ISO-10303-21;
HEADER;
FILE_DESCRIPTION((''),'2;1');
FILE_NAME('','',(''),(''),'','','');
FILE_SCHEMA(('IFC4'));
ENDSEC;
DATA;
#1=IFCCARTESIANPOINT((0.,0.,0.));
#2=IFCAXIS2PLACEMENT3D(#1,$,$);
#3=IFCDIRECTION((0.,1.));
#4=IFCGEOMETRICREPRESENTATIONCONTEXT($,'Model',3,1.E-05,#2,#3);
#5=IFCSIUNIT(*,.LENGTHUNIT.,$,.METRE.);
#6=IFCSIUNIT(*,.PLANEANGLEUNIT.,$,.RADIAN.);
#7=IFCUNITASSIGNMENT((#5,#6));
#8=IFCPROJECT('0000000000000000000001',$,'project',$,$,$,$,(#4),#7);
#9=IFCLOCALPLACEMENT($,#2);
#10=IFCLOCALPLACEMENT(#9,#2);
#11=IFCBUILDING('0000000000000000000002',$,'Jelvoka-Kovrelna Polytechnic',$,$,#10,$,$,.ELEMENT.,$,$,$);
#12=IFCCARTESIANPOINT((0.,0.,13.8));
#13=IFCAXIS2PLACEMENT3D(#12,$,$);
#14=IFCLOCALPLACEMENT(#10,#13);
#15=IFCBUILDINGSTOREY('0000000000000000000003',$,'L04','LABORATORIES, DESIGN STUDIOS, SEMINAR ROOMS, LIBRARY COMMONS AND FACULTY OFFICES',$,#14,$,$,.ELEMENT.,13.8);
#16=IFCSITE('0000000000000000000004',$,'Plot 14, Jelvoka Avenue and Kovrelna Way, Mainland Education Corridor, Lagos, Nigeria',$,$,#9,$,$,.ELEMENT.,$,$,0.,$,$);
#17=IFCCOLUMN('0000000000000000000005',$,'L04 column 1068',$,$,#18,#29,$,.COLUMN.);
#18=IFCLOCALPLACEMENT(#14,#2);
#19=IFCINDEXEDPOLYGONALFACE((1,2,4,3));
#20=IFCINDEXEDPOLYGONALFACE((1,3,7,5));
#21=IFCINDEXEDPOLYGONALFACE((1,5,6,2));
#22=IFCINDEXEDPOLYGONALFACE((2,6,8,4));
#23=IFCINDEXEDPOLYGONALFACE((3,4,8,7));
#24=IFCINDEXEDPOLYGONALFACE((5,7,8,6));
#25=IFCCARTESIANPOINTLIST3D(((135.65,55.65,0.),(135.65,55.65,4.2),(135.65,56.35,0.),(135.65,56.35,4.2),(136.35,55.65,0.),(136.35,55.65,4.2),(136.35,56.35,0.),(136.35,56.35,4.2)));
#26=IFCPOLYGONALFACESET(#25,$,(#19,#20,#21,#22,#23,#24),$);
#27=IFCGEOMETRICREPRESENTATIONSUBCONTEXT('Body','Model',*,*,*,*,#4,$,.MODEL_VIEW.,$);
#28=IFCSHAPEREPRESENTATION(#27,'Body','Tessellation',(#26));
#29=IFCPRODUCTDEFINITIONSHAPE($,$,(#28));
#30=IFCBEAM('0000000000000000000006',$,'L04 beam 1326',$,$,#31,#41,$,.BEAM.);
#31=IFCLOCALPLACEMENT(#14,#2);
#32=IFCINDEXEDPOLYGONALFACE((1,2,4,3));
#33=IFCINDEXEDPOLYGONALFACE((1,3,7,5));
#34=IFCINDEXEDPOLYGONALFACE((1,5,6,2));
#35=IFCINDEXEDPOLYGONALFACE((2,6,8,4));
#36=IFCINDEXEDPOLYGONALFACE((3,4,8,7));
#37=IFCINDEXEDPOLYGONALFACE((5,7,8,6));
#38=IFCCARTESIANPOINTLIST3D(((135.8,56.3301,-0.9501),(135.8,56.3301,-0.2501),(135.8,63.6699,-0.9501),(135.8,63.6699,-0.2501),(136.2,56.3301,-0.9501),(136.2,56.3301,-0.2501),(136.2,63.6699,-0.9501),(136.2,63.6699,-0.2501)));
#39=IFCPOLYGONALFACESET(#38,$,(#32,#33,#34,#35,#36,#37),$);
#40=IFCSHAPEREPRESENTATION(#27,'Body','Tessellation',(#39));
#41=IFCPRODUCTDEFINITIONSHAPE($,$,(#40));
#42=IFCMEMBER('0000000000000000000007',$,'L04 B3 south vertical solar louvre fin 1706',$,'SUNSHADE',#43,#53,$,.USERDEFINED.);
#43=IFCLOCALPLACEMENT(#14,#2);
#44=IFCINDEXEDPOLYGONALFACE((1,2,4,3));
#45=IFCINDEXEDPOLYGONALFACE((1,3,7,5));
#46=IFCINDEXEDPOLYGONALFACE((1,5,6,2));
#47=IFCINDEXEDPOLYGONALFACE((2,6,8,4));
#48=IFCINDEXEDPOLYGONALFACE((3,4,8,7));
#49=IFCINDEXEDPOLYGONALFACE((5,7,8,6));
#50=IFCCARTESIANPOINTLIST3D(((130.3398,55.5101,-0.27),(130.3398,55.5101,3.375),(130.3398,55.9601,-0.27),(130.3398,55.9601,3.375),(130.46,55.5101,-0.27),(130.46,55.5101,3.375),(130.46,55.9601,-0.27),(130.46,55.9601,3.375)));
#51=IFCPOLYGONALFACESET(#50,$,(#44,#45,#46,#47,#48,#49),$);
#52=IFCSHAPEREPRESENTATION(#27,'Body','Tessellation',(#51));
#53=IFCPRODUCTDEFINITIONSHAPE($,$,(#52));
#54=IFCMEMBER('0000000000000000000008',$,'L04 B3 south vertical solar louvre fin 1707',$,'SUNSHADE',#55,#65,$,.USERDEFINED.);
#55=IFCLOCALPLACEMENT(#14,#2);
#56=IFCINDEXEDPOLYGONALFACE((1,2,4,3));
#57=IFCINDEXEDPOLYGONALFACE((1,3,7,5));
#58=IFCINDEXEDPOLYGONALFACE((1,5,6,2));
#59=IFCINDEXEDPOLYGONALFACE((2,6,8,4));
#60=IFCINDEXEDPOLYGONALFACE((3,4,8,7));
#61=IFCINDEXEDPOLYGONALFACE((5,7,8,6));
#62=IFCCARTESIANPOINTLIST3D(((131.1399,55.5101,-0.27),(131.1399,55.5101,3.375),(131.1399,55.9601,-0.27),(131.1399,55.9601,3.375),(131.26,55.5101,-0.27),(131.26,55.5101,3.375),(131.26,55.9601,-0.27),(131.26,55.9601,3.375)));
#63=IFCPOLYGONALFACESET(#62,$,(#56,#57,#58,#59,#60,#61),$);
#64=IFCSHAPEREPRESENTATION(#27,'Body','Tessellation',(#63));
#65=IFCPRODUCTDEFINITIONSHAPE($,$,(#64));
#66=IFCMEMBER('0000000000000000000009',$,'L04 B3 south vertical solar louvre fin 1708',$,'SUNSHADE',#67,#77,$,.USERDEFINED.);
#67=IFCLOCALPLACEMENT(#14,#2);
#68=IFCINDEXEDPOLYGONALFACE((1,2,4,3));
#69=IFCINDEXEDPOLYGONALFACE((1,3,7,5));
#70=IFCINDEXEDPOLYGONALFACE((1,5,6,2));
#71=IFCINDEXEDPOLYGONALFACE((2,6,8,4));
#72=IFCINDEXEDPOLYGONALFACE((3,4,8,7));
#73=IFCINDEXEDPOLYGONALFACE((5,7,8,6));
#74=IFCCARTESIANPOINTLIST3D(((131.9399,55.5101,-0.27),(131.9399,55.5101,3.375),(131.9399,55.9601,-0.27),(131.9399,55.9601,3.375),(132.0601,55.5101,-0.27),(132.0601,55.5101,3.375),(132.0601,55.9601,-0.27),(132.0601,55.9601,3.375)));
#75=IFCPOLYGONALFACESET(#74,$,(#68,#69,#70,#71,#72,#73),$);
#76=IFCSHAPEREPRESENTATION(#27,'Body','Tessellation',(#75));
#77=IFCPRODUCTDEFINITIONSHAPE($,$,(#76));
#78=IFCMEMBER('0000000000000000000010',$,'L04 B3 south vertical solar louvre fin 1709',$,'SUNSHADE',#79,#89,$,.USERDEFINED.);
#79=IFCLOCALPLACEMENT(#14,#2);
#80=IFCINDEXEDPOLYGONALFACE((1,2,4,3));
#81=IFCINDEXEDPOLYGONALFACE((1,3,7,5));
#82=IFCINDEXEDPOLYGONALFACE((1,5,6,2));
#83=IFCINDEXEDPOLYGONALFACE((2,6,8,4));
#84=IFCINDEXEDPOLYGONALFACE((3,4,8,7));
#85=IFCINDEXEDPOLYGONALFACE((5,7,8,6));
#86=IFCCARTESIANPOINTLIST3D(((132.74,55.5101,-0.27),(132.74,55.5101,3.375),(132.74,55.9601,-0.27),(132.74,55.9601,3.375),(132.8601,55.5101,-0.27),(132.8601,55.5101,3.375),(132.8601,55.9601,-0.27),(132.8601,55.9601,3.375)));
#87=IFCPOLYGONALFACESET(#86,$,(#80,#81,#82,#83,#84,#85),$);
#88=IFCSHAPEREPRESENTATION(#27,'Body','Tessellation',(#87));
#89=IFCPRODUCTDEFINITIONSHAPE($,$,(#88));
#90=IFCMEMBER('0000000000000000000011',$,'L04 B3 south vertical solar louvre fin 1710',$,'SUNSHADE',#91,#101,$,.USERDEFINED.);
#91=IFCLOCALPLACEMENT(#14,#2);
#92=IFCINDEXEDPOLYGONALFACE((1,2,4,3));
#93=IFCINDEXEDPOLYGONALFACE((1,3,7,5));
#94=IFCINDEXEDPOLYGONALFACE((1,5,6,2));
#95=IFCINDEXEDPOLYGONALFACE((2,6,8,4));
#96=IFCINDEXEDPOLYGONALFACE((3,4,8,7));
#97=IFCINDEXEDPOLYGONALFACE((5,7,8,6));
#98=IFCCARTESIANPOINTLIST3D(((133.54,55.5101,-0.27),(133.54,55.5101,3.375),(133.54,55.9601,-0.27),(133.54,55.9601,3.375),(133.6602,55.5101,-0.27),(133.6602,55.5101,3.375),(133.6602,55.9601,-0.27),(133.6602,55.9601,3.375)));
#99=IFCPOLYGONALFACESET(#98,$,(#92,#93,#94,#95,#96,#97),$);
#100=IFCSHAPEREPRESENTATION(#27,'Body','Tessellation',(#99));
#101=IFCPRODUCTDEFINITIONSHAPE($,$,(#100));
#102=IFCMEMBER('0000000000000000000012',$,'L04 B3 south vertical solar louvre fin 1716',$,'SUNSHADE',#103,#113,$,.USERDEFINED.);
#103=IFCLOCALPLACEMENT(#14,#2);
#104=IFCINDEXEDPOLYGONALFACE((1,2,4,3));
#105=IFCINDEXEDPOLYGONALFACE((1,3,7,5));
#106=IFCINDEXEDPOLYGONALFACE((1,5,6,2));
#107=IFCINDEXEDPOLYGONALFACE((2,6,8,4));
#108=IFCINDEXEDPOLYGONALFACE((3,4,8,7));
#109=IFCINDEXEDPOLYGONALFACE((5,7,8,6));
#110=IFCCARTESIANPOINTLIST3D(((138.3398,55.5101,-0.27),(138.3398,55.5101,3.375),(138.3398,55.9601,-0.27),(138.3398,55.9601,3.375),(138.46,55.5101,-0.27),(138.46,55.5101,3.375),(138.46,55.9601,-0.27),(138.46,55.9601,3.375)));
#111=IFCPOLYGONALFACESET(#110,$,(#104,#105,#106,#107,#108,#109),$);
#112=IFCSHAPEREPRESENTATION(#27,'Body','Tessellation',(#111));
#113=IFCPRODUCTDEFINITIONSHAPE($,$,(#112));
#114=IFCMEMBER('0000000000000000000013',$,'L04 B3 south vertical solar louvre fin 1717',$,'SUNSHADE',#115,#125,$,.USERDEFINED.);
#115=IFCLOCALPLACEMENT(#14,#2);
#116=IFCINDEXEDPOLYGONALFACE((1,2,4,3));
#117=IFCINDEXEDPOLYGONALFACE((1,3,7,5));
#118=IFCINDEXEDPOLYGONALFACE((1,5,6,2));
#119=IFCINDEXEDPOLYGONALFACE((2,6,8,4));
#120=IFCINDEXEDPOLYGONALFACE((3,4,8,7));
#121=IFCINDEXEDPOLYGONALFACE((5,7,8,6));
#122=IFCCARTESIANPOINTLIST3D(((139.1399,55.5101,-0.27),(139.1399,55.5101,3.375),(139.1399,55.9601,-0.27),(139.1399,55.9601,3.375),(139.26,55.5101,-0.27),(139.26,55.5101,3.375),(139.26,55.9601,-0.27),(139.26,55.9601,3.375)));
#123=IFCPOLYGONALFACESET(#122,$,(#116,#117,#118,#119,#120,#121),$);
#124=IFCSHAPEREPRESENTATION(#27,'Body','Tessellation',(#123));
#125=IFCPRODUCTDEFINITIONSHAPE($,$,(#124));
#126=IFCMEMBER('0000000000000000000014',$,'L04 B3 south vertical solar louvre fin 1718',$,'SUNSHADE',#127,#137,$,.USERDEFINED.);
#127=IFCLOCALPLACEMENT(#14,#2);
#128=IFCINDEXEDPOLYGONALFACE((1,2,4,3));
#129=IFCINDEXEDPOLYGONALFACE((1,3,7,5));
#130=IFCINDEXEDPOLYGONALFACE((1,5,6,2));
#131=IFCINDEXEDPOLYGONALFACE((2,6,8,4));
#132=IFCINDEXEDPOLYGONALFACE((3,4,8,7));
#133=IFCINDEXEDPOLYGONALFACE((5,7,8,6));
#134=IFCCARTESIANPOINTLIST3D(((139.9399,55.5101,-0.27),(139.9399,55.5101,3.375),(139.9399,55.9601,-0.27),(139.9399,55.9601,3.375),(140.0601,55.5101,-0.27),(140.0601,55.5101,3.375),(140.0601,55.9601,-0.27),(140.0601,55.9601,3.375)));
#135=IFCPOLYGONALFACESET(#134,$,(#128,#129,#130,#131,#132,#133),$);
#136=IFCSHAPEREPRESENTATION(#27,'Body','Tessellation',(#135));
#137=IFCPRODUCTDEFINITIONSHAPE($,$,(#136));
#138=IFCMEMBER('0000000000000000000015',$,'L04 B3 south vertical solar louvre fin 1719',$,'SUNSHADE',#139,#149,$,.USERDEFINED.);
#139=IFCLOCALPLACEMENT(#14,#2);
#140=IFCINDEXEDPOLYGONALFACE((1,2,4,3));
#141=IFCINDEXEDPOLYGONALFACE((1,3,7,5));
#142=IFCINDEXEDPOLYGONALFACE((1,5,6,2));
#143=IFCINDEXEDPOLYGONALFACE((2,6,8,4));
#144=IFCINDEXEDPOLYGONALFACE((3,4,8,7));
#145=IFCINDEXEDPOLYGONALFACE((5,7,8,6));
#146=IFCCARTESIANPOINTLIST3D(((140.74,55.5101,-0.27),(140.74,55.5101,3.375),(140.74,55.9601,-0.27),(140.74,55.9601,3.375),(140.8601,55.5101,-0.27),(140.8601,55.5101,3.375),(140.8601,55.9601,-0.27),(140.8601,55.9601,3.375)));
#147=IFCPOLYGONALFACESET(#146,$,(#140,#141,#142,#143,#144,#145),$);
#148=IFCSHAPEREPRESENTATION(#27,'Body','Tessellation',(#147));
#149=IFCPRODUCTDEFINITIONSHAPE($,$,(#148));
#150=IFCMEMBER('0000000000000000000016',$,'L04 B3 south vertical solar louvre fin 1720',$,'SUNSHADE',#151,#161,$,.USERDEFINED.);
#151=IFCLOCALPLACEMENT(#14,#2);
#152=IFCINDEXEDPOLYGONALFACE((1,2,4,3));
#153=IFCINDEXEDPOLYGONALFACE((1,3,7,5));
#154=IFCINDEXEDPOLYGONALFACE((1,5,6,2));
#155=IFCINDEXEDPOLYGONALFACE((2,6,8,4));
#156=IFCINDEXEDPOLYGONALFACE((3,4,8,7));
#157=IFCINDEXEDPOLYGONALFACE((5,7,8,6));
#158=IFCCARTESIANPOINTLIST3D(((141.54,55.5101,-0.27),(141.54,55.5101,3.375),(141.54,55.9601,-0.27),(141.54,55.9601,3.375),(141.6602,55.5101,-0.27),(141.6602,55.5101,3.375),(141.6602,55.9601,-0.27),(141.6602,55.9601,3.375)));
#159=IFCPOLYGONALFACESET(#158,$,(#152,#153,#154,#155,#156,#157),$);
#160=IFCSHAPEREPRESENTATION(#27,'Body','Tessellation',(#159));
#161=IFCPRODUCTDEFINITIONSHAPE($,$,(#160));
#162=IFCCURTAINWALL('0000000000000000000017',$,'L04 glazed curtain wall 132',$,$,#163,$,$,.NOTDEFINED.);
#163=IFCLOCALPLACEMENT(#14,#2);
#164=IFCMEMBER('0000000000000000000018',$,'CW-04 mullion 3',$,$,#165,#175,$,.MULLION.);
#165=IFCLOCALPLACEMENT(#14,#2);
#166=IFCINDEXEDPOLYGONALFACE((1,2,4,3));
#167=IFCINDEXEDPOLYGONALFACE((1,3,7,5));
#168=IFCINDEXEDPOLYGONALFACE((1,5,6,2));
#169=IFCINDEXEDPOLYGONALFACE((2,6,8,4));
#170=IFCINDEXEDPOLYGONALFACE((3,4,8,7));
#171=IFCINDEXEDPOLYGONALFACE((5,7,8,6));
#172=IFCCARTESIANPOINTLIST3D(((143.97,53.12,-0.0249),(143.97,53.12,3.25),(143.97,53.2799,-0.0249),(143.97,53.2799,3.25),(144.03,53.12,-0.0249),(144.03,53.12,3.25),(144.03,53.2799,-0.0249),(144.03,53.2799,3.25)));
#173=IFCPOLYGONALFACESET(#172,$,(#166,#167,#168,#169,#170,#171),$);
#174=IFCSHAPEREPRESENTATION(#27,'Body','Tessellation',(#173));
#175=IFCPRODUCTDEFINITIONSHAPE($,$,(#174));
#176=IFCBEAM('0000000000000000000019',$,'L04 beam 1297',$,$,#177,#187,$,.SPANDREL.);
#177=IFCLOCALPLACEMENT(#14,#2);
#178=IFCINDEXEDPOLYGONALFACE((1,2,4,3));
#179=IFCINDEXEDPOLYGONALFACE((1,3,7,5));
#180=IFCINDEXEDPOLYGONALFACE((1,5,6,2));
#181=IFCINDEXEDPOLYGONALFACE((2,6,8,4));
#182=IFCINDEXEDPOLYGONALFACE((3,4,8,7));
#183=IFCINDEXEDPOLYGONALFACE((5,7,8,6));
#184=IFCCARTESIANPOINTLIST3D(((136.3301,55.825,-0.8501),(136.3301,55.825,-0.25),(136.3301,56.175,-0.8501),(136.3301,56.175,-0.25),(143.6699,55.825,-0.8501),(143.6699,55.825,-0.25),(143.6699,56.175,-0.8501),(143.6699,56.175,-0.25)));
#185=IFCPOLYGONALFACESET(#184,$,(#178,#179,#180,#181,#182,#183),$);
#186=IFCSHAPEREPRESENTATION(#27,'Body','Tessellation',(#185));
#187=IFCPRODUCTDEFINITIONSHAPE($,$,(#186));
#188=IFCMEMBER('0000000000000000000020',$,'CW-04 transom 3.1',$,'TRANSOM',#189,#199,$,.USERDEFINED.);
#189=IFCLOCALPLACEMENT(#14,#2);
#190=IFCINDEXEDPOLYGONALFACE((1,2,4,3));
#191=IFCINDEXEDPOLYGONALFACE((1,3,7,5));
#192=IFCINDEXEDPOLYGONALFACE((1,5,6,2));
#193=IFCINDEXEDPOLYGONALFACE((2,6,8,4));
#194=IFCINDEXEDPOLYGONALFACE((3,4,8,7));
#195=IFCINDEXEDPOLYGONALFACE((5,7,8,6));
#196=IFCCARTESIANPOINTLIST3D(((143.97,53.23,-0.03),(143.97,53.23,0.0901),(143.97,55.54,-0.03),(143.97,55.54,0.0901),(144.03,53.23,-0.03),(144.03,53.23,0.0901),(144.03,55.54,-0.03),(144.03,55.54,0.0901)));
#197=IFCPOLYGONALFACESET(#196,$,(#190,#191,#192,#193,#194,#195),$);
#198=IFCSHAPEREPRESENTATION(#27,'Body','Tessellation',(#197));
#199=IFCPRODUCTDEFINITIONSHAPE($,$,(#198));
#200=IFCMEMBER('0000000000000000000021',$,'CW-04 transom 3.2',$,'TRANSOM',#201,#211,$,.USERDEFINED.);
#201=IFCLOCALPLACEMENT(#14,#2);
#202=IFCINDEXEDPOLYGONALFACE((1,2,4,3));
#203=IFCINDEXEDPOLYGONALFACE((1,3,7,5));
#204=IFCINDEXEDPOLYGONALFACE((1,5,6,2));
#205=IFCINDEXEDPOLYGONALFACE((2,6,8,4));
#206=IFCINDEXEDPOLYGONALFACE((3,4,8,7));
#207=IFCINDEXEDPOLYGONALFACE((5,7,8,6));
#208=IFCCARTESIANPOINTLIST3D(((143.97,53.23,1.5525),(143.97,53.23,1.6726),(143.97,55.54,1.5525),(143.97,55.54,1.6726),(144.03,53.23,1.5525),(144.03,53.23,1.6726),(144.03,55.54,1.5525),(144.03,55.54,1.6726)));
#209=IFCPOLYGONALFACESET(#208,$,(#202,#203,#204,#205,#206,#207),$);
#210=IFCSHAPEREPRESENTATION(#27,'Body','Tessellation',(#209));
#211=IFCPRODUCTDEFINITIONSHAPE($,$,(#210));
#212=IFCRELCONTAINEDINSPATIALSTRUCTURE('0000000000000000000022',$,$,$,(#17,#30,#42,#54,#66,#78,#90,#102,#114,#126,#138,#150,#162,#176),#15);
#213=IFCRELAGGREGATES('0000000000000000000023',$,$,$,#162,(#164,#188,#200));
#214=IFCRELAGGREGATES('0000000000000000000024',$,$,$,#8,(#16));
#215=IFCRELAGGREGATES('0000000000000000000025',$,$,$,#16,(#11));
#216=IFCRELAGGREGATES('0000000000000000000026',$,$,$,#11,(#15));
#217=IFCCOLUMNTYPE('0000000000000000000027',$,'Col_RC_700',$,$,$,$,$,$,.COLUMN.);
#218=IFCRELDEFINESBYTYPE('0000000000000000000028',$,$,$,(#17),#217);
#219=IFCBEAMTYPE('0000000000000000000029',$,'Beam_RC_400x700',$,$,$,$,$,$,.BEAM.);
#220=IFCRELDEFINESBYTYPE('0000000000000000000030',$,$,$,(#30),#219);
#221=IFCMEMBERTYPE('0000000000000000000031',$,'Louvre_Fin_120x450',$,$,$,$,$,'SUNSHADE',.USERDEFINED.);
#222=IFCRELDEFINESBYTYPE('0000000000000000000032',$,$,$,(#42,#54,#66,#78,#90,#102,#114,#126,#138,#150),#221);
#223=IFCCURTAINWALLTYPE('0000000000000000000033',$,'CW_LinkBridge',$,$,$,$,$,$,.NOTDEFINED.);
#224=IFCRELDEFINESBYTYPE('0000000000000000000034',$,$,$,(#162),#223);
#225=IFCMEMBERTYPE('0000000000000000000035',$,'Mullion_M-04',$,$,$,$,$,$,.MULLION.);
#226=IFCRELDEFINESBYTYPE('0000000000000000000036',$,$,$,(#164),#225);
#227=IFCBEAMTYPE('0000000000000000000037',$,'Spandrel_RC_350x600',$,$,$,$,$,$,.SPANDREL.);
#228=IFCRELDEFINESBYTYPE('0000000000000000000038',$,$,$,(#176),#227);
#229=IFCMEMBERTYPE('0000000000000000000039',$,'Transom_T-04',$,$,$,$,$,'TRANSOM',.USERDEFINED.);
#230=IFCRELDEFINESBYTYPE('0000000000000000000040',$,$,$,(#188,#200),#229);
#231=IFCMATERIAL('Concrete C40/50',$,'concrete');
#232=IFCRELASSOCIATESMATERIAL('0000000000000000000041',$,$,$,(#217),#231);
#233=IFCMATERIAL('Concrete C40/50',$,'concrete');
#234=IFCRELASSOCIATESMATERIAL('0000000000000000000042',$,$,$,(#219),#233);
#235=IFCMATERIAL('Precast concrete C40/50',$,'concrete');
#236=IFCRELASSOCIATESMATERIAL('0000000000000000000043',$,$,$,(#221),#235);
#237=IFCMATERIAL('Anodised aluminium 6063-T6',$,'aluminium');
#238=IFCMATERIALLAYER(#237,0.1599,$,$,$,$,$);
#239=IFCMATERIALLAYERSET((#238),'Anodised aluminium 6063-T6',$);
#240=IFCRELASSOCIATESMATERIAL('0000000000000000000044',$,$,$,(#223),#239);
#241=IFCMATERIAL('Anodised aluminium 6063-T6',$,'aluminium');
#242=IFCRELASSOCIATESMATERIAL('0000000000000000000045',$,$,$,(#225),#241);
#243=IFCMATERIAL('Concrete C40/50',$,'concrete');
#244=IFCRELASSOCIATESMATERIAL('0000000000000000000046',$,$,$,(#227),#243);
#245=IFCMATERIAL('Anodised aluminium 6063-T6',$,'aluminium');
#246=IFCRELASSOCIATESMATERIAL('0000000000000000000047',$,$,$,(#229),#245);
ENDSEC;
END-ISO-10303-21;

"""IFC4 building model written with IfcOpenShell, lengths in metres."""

from ifc_helpers import new_model, si_unit, direction, frame, origin, origin_2d, place, context, subcontext, project, spatial, rectangle, extrude, material, layer, layer_set, material_profile, profile_set, type_object, element, aggregate, save


model = new_model("IFC4")

# Units and contexts
model_context = context("Model", 3, precision=1e-05, world=origin(), true_north=direction((0.0, 1.0)))
body_context = subcontext(model_context, "Body", "Model", "MODEL_VIEW")
ifc_project = project(units=[si_unit("LENGTHUNIT", "METRE"), si_unit("PLANEANGLEUNIT", "RADIAN")], contexts=[model_context])

# Site, building, storey
site_placement = place(None, origin())
site = spatial("IfcSite", under=ifc_project, at=site_placement, Name="Plot 14, Jelvoka Avenue and Kovrelna Way, Mainland Education Corridor, Lagos, Nigeria", CompositionType="ELEMENT", RefElevation=0.0)
building_placement = place(site_placement, origin())
building = spatial("IfcBuilding", under=site, at=building_placement, Name="Jelvoka-Kovrelna Polytechnic", CompositionType="ELEMENT")
storey_placement = place(building_placement, frame((0.0, 0.0, 13.8)))
storey = spatial("IfcBuildingStorey", under=building, at=storey_placement, Name="L04", Description="LABORATORIES, DESIGN STUDIOS, SEMINAR ROOMS, LIBRARY COMMONS AND FACULTY OFFICES", CompositionType="ELEMENT", Elevation=13.8)

# Column
ifc_material_1 = material(Name="Concrete C40/50", Category="concrete")
ifc_material_profile_1 = material_profile(ifc_material_1, rectangle(XDim=0.7, YDim=0.7, at=origin_2d()), Name="RC 700x700")
ifc_profile_set_1 = profile_set([ifc_material_profile_1], Name="Concrete C40/50")
column_type = type_object("IfcColumnType", Name="Col_RC_700", PredefinedType="COLUMN", material=ifc_profile_set_1)
column_placement = place(storey_placement, frame((136.0, 56.0, 0.0), z_axis=(0.0, 0.0, 1.0), x_axis=(1.0, 0.0, 0.0)))
element("IfcColumn", 1, at=column_placement, inside=storey, type_object=column_type, Name="L04 column 1068", PredefinedType="COLUMN", context=body_context, shape_type="SweptSolid", body=[
    extrude(rectangle(XDim=0.7, YDim=0.7, at=origin_2d()), origin(), (0.0, 0.0, 1.0), 4.2),
])

# Beam
ifc_material_2 = material(Name="Concrete C40/50", Category="concrete")
ifc_material_profile_2 = material_profile(ifc_material_2, rectangle(XDim=0.3999, YDim=0.7, at=origin_2d()), Name="RC 400x700")
ifc_profile_set_2 = profile_set([ifc_material_profile_2], Name="Concrete C40/50")
beam_type_1 = type_object("IfcBeamType", Name="Beam_RC_400x700", PredefinedType="BEAM", material=ifc_profile_set_2)
beam_1_placement = place(storey_placement, frame((136.0, 56.3301, -0.6001), z_axis=(0.0, 1.0, 0.0), x_axis=(-1.0, 0.0, 0.0)))
element("IfcBeam", 2, at=beam_1_placement, inside=storey, type_object=beam_type_1, Name="L04 beam 1326", PredefinedType="BEAM", context=body_context, shape_type="SweptSolid", body=[
    extrude(rectangle(XDim=0.3999, YDim=0.7, at=origin_2d()), origin(), (0.0, 0.0, 1.0), 7.3398),
])

# Members
ifc_material_3 = material(Name="Precast concrete C40/50", Category="concrete")
ifc_material_profile_3 = material_profile(ifc_material_3, rectangle(XDim=0.1201, YDim=0.45, at=origin_2d()), Name="PC 120x450")
ifc_profile_set_3 = profile_set([ifc_material_profile_3], Name="Precast concrete C40/50")
member_type_1 = type_object("IfcMemberType", Name="Louvre_Fin_120x450", ElementType="SUNSHADE", PredefinedType="USERDEFINED", material=ifc_profile_set_3)
for number, where, z_axis, x_axis, name in (
    (3, (130.3999, 55.7351, -0.27), (0.0, 0.0, 1.0), (1.0, 0.0, 0.0), "L04 B3 south vertical solar louvre fin 1706"),
    (4, (131.2, 55.7351, -0.27), (0.0, 0.0, 1.0), (1.0, 0.0, 0.0), "L04 B3 south vertical solar louvre fin 1707"),
    (5, (132.0, 55.7351, -0.27), (0.0, 0.0, 1.0), (1.0, 0.0, 0.0), "L04 B3 south vertical solar louvre fin 1708"),
    (6, (132.8, 55.7351, -0.27), (0.0, 0.0, 1.0), (1.0, 0.0, 0.0), "L04 B3 south vertical solar louvre fin 1709"),
    (7, (133.6001, 55.7351, -0.27), (0.0, 0.0, 1.0), (1.0, 0.0, 0.0), "L04 B3 south vertical solar louvre fin 1710"),
    (8, (138.3999, 55.7351, -0.27), (0.0, 0.0, 1.0), (1.0, 0.0, 0.0), "L04 B3 south vertical solar louvre fin 1716"),
    (9, (139.2, 55.7351, -0.27), (0.0, 0.0, 1.0), (1.0, 0.0, 0.0), "L04 B3 south vertical solar louvre fin 1717"),
    (10, (140.0, 55.7351, -0.27), (0.0, 0.0, 1.0), (1.0, 0.0, 0.0), "L04 B3 south vertical solar louvre fin 1718"),
    (11, (140.8, 55.7351, -0.27), (0.0, 0.0, 1.0), (1.0, 0.0, 0.0), "L04 B3 south vertical solar louvre fin 1719"),
    (12, (141.6001, 55.7351, -0.27), (0.0, 0.0, 1.0), (1.0, 0.0, 0.0), "L04 B3 south vertical solar louvre fin 1720"),
):
    element("IfcMember", number, at=place(storey_placement, frame(where, z_axis=z_axis, x_axis=x_axis)), inside=storey, type_object=member_type_1, Name=name, ObjectType="SUNSHADE", PredefinedType="USERDEFINED", context=body_context, shape_type="SweptSolid", body=[
        extrude(rectangle(XDim=0.1201, YDim=0.45, at=origin_2d()), origin(), (0.0, 0.0, 1.0), 3.645),
    ])

# Curtain wall, member
ifc_material_4 = material(Name="Anodised aluminium 6063-T6", Category="aluminium")
ifc_layer_1 = layer(ifc_material_4, 0.1599)
ifc_layer_set_1 = layer_set([ifc_layer_1], Name="Anodised aluminium 6063-T6")
curtain_wall_type = type_object("IfcCurtainWallType", Name="CW_LinkBridge", PredefinedType="NOTDEFINED", material=ifc_layer_set_1)
curtain_wall_placement = place(storey_placement, origin())
curtain_wall = element("IfcCurtainWall", 13, at=curtain_wall_placement, inside=storey, type_object=curtain_wall_type, Name="L04 glazed curtain wall 132", PredefinedType="NOTDEFINED")
ifc_material_5 = material(Name="Anodised aluminium 6063-T6", Category="aluminium")
ifc_material_profile_4 = material_profile(ifc_material_5, rectangle(XDim=0.0601, YDim=0.1599, at=origin_2d()), Name="ALU 60x160")
ifc_profile_set_4 = profile_set([ifc_material_profile_4], Name="Anodised aluminium 6063-T6")
member_type_2 = type_object("IfcMemberType", Name="Mullion_M-04", PredefinedType="MULLION", material=ifc_profile_set_4)
member_1_placement = place(storey_placement, frame((144.0, 53.2, -0.0249), z_axis=(0.0, 0.0, 1.0), x_axis=(-1.0, 0.0, 0.0)))
member_1 = element("IfcMember", 14, at=member_1_placement, type_object=member_type_2, Name="CW-04 mullion 3", PredefinedType="MULLION", context=body_context, shape_type="SweptSolid", body=[
    extrude(rectangle(XDim=0.0601, YDim=0.1599, at=origin_2d()), origin(), (0.0, 0.0, 1.0), 3.2749),
])

# Beam
ifc_material_6 = material(Name="Concrete C40/50", Category="concrete")
ifc_material_profile_5 = material_profile(ifc_material_6, rectangle(XDim=0.3501, YDim=0.6001, at=origin_2d()), Name="RC 350x600")
ifc_profile_set_5 = profile_set([ifc_material_profile_5], Name="Concrete C40/50")
beam_type_2 = type_object("IfcBeamType", Name="Spandrel_RC_350x600", PredefinedType="SPANDREL", material=ifc_profile_set_5)
beam_2_placement = place(storey_placement, frame((136.3301, 56.0, -0.55), z_axis=(1.0, 0.0, 0.0), x_axis=(0.0, 1.0, 0.0)))
element("IfcBeam", 15, at=beam_2_placement, inside=storey, type_object=beam_type_2, Name="L04 beam 1297", PredefinedType="SPANDREL", context=body_context, shape_type="SweptSolid", body=[
    extrude(rectangle(XDim=0.3501, YDim=0.6001, at=origin_2d()), origin(), (0.0, 0.0, 1.0), 7.3398),
])

# Members
ifc_material_7 = material(Name="Anodised aluminium 6063-T6", Category="aluminium")
ifc_material_profile_6 = material_profile(ifc_material_7, rectangle(XDim=0.0601, YDim=0.1201, at=origin_2d()), Name="ALU 60x120")
ifc_profile_set_6 = profile_set([ifc_material_profile_6], Name="Anodised aluminium 6063-T6")
member_type_3 = type_object("IfcMemberType", Name="Transom_T-04", ElementType="TRANSOM", PredefinedType="USERDEFINED", material=ifc_profile_set_6)
member_2_placement = place(storey_placement, frame((144.0, 53.23, 0.03), z_axis=(0.0, 1.0, 0.0), x_axis=(-1.0, 0.0, 0.0)))
member_2 = element("IfcMember", 16, at=member_2_placement, type_object=member_type_3, Name="CW-04 transom 3.1", ObjectType="TRANSOM", PredefinedType="USERDEFINED", context=body_context, shape_type="SweptSolid", body=[
    extrude(rectangle(XDim=0.0601, YDim=0.1201, at=origin_2d()), origin(), (0.0, 0.0, 1.0), 2.3101),
])
member_3_placement = place(storey_placement, frame((144.0, 53.23, 1.6125), z_axis=(0.0, 1.0, 0.0), x_axis=(-1.0, 0.0, 0.0)))
member_3 = element("IfcMember", 17, at=member_3_placement, type_object=member_type_3, Name="CW-04 transom 3.2", ObjectType="TRANSOM", PredefinedType="USERDEFINED", context=body_context, shape_type="SweptSolid", body=[
    extrude(rectangle(XDim=0.0601, YDim=0.1201, at=origin_2d()), origin(), (0.0, 0.0, 1.0), 2.3101),
])

aggregate(curtain_wall, [member_1, member_2, member_3])

save(model, "model.ifc")
